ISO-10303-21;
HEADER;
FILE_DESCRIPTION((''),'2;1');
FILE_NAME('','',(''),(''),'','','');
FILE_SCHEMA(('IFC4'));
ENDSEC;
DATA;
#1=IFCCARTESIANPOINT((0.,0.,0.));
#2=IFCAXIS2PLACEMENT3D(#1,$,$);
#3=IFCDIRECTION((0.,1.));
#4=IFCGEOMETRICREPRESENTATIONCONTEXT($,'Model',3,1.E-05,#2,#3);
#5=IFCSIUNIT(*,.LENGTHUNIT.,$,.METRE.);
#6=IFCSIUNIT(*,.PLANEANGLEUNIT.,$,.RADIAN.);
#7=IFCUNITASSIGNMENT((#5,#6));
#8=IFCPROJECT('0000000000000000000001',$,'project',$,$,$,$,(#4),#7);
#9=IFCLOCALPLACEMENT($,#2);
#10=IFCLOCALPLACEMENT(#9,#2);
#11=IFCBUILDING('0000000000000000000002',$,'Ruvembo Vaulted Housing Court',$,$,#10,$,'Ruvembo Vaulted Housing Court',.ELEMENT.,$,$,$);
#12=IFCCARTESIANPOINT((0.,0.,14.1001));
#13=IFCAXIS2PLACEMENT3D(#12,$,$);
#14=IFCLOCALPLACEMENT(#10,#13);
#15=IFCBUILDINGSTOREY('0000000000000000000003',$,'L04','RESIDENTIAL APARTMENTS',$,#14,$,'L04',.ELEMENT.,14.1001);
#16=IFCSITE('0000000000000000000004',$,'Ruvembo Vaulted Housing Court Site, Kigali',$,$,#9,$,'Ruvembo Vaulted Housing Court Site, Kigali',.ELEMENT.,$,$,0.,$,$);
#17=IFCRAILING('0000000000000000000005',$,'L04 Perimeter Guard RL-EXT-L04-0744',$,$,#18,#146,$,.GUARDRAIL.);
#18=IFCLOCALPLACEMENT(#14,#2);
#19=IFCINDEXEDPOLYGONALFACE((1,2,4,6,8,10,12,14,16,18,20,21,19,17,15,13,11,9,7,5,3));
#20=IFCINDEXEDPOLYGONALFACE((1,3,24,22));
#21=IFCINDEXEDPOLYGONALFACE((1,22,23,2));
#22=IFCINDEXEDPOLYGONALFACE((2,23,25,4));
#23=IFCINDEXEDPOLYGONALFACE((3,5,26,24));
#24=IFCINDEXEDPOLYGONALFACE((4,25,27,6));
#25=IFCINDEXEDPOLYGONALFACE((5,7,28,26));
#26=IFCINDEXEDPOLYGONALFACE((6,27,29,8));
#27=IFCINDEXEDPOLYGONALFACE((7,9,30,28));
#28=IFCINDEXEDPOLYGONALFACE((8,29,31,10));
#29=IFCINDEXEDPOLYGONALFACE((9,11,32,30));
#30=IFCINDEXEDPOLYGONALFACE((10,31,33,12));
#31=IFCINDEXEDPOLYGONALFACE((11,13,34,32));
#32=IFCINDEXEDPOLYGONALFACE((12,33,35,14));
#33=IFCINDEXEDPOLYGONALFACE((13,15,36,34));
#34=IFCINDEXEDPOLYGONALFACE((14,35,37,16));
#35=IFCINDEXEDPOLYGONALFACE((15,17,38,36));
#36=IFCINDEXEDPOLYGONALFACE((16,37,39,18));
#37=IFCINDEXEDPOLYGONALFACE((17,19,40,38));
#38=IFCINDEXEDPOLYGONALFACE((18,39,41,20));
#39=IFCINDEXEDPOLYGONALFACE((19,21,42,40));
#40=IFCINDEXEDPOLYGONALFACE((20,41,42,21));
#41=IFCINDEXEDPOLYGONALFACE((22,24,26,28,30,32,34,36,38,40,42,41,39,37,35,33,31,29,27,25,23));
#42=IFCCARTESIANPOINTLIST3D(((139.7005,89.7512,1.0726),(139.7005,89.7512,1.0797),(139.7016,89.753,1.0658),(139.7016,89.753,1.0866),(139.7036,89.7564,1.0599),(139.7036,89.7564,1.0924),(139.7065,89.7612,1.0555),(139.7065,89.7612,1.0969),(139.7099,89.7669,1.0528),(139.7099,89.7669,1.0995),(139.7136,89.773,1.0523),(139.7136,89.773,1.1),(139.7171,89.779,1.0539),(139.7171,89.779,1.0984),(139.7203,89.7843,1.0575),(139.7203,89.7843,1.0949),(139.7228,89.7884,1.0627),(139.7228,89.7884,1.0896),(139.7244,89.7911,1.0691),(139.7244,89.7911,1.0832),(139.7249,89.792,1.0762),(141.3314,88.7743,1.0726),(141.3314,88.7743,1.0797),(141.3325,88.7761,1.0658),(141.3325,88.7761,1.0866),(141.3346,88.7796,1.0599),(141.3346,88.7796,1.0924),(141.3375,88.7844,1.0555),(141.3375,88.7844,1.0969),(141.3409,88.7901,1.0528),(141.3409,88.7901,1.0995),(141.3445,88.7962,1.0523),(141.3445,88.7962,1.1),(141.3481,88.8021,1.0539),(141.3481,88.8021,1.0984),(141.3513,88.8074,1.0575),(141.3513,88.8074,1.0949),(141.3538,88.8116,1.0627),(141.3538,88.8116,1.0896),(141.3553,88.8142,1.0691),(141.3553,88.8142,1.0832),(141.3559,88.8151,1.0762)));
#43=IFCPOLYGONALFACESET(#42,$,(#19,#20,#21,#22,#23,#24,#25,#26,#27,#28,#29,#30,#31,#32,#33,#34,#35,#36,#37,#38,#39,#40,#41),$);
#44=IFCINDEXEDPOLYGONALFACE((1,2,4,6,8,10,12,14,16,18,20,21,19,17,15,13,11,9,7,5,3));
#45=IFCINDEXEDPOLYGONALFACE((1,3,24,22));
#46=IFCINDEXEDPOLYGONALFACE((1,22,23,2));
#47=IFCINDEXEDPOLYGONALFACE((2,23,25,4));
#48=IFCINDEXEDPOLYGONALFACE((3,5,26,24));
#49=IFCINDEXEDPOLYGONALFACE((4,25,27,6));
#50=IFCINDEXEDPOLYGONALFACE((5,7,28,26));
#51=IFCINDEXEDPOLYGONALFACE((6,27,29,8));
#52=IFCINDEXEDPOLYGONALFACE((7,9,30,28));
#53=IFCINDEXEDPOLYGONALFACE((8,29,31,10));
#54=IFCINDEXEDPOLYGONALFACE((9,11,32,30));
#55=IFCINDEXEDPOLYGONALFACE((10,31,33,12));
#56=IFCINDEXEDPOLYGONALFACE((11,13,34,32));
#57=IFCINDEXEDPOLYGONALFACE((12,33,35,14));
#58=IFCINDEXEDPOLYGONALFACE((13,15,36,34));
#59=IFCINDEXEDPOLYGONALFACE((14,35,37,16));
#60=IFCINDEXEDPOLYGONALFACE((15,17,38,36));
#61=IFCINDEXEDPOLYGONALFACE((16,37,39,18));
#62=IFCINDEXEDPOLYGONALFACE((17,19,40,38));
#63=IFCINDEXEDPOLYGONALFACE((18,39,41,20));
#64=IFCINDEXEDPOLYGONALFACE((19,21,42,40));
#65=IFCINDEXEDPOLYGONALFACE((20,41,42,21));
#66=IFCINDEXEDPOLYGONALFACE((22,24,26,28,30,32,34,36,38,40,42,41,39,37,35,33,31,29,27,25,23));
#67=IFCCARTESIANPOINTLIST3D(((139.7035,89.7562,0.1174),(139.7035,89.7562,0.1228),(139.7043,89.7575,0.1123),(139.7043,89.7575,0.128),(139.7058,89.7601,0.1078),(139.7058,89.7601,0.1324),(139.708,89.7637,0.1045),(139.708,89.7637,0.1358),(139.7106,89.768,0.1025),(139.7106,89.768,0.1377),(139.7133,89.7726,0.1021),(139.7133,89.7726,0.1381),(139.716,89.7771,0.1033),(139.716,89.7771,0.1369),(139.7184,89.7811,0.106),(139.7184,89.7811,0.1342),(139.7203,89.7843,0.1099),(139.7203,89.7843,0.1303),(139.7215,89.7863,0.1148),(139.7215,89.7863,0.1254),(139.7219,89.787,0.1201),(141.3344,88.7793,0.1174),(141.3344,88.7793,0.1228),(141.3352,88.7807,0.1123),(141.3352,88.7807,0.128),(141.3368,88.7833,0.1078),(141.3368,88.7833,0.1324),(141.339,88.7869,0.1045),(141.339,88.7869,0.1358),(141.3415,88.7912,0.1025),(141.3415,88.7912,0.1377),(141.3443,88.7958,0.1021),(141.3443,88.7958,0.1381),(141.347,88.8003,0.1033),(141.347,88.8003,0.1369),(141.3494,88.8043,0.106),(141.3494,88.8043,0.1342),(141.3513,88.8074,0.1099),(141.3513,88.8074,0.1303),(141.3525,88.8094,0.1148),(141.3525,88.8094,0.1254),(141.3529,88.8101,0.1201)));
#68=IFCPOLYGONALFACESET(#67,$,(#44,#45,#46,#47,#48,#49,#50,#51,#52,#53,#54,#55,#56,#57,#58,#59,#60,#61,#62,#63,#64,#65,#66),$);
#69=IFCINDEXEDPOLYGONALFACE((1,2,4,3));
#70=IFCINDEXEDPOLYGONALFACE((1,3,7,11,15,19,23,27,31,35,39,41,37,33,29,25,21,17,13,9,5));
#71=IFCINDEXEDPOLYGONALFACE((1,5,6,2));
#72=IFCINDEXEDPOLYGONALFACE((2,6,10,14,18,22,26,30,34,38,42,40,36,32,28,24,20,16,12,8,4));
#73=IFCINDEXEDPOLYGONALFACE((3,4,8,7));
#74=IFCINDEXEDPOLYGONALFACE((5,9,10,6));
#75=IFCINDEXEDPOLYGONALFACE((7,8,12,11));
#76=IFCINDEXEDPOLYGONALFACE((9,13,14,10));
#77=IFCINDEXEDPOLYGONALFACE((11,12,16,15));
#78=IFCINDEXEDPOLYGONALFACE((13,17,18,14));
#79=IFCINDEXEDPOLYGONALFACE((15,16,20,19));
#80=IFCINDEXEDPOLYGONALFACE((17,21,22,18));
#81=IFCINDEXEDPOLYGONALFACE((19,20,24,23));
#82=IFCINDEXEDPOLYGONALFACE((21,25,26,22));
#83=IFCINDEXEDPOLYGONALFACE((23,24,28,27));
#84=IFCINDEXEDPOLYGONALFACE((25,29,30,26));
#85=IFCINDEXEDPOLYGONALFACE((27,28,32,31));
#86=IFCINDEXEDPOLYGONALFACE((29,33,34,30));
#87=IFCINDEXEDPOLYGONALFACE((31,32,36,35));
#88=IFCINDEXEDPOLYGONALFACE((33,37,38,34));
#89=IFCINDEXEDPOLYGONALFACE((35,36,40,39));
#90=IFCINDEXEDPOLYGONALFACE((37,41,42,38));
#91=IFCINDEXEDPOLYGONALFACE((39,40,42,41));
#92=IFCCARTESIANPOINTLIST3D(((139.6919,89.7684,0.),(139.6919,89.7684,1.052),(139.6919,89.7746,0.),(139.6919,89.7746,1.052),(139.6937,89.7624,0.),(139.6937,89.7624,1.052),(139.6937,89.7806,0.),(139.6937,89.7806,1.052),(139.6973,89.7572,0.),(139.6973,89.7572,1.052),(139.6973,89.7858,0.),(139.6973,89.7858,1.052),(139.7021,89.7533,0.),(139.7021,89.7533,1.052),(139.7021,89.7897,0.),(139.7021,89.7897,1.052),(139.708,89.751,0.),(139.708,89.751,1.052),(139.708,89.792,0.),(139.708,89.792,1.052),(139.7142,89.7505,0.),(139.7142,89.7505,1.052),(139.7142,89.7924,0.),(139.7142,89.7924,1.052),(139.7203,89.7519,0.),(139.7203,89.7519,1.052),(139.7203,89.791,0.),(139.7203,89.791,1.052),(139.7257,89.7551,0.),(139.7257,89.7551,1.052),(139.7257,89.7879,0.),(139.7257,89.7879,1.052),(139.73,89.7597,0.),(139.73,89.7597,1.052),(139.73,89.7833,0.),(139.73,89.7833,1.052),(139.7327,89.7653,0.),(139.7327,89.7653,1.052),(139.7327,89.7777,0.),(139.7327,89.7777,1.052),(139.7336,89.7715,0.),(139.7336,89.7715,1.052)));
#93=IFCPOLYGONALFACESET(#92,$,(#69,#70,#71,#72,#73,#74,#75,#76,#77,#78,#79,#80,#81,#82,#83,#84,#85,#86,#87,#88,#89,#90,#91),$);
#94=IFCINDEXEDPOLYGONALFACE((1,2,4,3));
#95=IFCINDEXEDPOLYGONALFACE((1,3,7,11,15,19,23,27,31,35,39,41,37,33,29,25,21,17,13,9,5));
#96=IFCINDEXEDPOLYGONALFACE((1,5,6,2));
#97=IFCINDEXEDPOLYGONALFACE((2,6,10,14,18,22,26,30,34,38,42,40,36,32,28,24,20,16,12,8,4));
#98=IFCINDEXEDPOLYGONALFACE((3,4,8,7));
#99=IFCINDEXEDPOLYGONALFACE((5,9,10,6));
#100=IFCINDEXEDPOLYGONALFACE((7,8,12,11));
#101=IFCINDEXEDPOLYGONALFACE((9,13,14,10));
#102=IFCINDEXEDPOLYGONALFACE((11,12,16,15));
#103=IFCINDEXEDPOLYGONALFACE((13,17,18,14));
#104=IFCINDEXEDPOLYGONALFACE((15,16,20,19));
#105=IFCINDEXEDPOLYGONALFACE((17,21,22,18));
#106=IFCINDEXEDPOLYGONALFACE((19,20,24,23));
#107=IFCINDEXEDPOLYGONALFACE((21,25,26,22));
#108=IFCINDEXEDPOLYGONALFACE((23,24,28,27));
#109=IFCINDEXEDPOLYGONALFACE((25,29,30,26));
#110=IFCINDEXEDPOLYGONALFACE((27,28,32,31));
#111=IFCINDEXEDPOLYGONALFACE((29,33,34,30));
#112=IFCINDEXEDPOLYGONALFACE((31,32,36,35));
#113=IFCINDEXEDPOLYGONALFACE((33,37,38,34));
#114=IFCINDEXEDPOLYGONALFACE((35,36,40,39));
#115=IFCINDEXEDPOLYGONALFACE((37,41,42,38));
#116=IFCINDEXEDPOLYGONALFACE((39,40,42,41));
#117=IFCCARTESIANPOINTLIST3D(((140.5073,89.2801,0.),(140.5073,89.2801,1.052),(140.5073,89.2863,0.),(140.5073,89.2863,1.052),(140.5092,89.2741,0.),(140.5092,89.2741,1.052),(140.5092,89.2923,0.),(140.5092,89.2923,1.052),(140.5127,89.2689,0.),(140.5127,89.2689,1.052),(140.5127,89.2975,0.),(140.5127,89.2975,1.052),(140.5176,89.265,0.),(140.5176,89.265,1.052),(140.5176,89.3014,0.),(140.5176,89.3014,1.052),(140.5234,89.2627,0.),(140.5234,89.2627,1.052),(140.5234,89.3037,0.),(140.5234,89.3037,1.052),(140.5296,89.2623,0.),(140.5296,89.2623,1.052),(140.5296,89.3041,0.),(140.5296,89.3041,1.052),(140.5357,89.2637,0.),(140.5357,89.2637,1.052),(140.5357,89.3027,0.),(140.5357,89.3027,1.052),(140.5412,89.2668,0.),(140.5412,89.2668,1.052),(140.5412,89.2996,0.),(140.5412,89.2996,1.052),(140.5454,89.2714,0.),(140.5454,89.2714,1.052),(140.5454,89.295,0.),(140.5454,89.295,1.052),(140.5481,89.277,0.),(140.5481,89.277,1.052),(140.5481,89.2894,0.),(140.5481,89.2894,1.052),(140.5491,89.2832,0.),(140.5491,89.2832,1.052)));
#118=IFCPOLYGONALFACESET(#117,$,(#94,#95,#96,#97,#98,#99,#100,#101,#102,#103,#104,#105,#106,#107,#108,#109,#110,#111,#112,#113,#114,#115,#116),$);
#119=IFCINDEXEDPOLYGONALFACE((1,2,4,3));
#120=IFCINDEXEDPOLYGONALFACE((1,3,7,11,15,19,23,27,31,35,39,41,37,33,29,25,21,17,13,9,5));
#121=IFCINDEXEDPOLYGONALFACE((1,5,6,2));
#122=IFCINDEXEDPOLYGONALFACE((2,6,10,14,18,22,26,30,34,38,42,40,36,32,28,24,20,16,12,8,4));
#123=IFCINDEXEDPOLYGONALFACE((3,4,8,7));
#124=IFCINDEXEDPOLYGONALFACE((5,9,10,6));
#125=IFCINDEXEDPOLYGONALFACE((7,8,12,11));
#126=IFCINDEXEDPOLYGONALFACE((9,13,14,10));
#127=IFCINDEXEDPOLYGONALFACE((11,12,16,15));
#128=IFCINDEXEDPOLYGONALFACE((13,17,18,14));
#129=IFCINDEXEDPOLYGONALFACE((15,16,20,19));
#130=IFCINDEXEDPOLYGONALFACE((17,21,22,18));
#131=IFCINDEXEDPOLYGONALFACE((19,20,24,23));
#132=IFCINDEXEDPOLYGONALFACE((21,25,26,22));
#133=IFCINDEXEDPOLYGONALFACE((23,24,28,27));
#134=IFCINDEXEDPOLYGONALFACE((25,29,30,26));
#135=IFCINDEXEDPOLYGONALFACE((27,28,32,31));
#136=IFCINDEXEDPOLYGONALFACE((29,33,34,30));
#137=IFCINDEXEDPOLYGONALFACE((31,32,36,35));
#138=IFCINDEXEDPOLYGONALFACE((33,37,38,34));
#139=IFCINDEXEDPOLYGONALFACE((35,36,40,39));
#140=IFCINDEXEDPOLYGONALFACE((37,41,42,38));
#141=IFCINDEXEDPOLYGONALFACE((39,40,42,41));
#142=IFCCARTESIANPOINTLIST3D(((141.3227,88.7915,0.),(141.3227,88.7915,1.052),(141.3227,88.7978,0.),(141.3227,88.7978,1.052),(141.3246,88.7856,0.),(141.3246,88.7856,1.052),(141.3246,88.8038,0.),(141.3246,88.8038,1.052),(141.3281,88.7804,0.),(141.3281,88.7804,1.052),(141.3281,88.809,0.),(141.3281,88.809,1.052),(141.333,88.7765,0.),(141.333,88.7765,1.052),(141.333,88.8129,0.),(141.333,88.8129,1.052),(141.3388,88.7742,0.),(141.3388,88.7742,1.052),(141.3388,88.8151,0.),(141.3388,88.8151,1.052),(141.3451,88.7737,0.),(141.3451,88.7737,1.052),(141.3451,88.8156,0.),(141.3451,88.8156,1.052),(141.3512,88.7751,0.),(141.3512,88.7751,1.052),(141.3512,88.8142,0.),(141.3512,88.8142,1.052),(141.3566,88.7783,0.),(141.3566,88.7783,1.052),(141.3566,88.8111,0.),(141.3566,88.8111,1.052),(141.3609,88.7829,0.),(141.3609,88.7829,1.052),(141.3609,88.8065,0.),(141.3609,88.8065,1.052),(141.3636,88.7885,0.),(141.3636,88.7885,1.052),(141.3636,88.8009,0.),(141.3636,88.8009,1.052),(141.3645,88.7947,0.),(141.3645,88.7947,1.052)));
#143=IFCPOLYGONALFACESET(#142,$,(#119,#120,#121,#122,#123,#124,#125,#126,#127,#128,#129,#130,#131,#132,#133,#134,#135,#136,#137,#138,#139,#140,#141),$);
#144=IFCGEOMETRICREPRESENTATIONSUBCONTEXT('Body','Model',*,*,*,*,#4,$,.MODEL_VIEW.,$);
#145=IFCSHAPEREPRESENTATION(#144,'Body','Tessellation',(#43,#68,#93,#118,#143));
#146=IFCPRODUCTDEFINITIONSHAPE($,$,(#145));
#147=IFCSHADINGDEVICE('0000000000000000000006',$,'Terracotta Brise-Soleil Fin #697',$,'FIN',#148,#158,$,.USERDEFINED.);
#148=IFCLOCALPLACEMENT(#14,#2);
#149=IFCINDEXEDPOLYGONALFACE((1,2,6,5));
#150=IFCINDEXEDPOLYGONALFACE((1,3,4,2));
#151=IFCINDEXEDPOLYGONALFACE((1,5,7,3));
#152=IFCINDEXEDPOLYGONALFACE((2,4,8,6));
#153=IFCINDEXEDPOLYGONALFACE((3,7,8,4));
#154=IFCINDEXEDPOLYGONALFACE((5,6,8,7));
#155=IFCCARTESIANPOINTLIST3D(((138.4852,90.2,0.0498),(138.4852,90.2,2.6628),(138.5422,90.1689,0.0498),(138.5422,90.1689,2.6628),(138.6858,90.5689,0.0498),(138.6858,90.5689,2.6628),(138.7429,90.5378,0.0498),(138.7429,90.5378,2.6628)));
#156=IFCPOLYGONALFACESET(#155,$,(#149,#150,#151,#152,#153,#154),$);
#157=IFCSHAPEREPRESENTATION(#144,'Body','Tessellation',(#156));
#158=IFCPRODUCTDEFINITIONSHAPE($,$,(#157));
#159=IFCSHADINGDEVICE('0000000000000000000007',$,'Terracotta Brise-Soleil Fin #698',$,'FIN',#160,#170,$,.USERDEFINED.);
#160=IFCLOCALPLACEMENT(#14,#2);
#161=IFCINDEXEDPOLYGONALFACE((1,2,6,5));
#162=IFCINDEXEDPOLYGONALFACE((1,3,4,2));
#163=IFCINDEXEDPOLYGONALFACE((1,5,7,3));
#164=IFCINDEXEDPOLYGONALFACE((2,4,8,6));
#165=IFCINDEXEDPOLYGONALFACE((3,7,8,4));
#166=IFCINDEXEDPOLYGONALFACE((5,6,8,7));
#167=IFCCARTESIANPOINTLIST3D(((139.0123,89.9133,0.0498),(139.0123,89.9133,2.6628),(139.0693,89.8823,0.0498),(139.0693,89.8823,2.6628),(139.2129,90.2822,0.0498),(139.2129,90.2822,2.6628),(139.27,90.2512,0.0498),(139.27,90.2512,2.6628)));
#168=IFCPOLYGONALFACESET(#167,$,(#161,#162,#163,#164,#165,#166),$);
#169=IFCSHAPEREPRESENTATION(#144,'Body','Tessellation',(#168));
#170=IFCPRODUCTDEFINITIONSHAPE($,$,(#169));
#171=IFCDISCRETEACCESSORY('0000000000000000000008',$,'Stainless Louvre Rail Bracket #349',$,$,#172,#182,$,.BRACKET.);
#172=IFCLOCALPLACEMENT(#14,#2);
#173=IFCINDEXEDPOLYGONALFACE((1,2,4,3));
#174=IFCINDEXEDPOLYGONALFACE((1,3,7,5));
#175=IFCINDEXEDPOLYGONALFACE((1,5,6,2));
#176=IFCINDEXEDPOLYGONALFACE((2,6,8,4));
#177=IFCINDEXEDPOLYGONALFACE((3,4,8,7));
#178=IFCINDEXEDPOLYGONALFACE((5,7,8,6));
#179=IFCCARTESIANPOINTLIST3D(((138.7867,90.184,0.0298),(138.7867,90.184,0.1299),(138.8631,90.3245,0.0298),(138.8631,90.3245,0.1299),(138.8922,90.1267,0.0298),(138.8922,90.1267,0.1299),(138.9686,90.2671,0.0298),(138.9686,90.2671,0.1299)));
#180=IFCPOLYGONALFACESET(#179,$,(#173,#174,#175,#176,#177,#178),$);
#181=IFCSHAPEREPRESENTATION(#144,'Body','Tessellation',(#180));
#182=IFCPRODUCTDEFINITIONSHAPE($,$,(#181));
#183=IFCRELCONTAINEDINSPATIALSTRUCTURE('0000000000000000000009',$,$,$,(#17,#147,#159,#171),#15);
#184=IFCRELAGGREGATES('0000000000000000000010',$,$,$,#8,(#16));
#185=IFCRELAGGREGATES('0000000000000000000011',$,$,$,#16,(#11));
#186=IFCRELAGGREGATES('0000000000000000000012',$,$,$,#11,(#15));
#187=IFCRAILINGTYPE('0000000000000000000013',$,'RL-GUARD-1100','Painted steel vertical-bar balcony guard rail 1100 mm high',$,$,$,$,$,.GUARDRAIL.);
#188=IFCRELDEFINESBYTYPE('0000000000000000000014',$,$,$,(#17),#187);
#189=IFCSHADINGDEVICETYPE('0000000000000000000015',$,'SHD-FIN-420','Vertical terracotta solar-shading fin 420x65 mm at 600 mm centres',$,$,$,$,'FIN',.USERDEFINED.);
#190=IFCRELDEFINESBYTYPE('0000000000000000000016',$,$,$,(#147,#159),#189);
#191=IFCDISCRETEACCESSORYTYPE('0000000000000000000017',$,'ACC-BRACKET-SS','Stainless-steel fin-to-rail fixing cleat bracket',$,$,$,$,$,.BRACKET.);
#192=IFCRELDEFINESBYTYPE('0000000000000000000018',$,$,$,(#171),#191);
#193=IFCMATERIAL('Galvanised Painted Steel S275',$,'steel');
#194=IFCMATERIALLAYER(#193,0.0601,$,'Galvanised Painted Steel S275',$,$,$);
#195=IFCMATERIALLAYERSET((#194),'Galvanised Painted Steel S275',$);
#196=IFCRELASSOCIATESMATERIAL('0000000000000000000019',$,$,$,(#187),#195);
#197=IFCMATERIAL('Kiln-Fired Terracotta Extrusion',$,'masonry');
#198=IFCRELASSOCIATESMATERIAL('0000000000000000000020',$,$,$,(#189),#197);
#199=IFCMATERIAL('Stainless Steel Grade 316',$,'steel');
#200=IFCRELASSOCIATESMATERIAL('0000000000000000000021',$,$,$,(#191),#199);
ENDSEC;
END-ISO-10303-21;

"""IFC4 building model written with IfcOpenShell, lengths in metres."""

from ifc_helpers import new_model, si_unit, direction, frame, origin, origin_2d, place, context, subcontext, project, spatial, rectangle, circle, extrude, material, layer, layer_set, type_object, element, save


model = new_model("IFC4")

# Units and contexts
model_context = context("Model", 3, precision=1e-05, world=origin(), true_north=direction((0.0, 1.0)))
body_context = subcontext(model_context, "Body", "Model", "MODEL_VIEW")
ifc_project = project(units=[si_unit("LENGTHUNIT", "METRE"), si_unit("PLANEANGLEUNIT", "RADIAN")], contexts=[model_context])

# Site, building, storey
site_placement = place(None, origin())
site = spatial("IfcSite", under=ifc_project, at=site_placement, Name="Ruvembo Vaulted Housing Court Site, Kigali", LongName="Ruvembo Vaulted Housing Court Site, Kigali", CompositionType="ELEMENT", RefElevation=0.0)
building_placement = place(site_placement, origin())
building = spatial("IfcBuilding", under=site, at=building_placement, Name="Ruvembo Vaulted Housing Court", LongName="Ruvembo Vaulted Housing Court", CompositionType="ELEMENT")
storey_placement = place(building_placement, frame((0.0, 0.0, 14.1001)))
storey = spatial("IfcBuildingStorey", under=building, at=storey_placement, Name="L04", Description="RESIDENTIAL APARTMENTS", LongName="L04", CompositionType="ELEMENT", Elevation=14.1001)

# Railing
ifc_material_1 = material(Name="Galvanised Painted Steel S275", Category="steel")
ifc_layer_1 = layer(ifc_material_1, 0.0601, Name="Galvanised Painted Steel S275")
ifc_layer_set_1 = layer_set([ifc_layer_1], Name="Galvanised Painted Steel S275")
railing_type = type_object("IfcRailingType", Name="RL-GUARD-1100", Description="Painted steel vertical-bar balcony guard rail 1100 mm high", PredefinedType="GUARDRAIL", material=ifc_layer_set_1)
railing_placement = place(storey_placement, frame((139.7126, 89.7715, 0.0)))
element("IfcRailing", 1, at=railing_placement, inside=storey, type_object=railing_type, Name="L04 Perimeter Guard RL-EXT-L04-0744", PredefinedType="GUARDRAIL", context=body_context, shape_type="SweptSolid", body=[
    extrude(circle(Radius=0.0239, at=origin_2d()), frame((0.0, 0.0, 1.0762), z_axis=(0.857889, -0.513835, 0.0), x_axis=(0.513835, 0.857889, 0.0)), (0.0, 0.0, 1.0), 1.9011),
    extrude(circle(Radius=0.0181, at=origin_2d()), frame((0.0, 0.0, 0.1201), z_axis=(0.857889, -0.513835, 0.0), x_axis=(0.513835, 0.857889, 0.0)), (0.0, 0.0, 1.0), 1.9011),
    extrude(circle(Radius=0.021, at=origin_2d()), origin(), (0.0, 0.0, 1.0), 1.052),
    extrude(circle(Radius=0.021, at=origin_2d()), frame((0.8154, -0.4883, 0.0)), (0.0, 0.0, 1.0), 1.052),
    extrude(circle(Radius=0.021, at=origin_2d()), frame((1.6309, -0.9768, 0.0)), (0.0, 0.0, 1.0), 1.052),
])

# Shading devices
ifc_material_2 = material(Name="Kiln-Fired Terracotta Extrusion", Category="masonry")
shading_device_type = type_object("IfcShadingDeviceType", Name="SHD-FIN-420", Description="Vertical terracotta solar-shading fin 420x65 mm at 600 mm centres", ElementType="FIN", PredefinedType="USERDEFINED", material=ifc_material_2)
for number, where, z_axis, x_axis, name in (
    (2, (138.614, 90.3689, 0.0498), (0.0, 0.0, 1.0), (-0.477788, -0.878475, 0.0), "Terracotta Brise-Soleil Fin #697"),
    (3, (139.1411, 90.0823, 0.0498), (0.0, 0.0, 1.0), (-0.477788, -0.878475, 0.0), "Terracotta Brise-Soleil Fin #698"),
):
    element("IfcShadingDevice", number, at=place(storey_placement, frame(where, z_axis=z_axis, x_axis=x_axis)), inside=storey, type_object=shading_device_type, Name=name, ObjectType="FIN", PredefinedType="USERDEFINED", context=body_context, shape_type="SweptSolid", body=[
        extrude(rectangle(XDim=0.4199, YDim=0.0649, at=origin_2d()), origin(), (0.0, 0.0, 1.0), 2.613),
    ])

# Discrete accessory
ifc_material_3 = material(Name="Stainless Steel Grade 316", Category="steel")
discrete_accessory_type = type_object("IfcDiscreteAccessoryType", Name="ACC-BRACKET-SS", Description="Stainless-steel fin-to-rail fixing cleat bracket", PredefinedType="BRACKET", material=ifc_material_3)
discrete_accessory_placement = place(storey_placement, frame((138.8777, 90.2256, 0.0298), z_axis=(0.0, 0.0, 1.0), x_axis=(-0.477788, -0.878475, 0.0)))
element("IfcDiscreteAccessory", 4, at=discrete_accessory_placement, inside=storey, type_object=discrete_accessory_type, Name="Stainless Louvre Rail Bracket #349", PredefinedType="BRACKET", context=body_context, shape_type="SweptSolid", body=[
    extrude(rectangle(XDim=0.1599, YDim=0.1201, at=origin_2d()), origin(), (0.0, 0.0, 1.0), 0.1001),
])

save(model, "model.ifc")
